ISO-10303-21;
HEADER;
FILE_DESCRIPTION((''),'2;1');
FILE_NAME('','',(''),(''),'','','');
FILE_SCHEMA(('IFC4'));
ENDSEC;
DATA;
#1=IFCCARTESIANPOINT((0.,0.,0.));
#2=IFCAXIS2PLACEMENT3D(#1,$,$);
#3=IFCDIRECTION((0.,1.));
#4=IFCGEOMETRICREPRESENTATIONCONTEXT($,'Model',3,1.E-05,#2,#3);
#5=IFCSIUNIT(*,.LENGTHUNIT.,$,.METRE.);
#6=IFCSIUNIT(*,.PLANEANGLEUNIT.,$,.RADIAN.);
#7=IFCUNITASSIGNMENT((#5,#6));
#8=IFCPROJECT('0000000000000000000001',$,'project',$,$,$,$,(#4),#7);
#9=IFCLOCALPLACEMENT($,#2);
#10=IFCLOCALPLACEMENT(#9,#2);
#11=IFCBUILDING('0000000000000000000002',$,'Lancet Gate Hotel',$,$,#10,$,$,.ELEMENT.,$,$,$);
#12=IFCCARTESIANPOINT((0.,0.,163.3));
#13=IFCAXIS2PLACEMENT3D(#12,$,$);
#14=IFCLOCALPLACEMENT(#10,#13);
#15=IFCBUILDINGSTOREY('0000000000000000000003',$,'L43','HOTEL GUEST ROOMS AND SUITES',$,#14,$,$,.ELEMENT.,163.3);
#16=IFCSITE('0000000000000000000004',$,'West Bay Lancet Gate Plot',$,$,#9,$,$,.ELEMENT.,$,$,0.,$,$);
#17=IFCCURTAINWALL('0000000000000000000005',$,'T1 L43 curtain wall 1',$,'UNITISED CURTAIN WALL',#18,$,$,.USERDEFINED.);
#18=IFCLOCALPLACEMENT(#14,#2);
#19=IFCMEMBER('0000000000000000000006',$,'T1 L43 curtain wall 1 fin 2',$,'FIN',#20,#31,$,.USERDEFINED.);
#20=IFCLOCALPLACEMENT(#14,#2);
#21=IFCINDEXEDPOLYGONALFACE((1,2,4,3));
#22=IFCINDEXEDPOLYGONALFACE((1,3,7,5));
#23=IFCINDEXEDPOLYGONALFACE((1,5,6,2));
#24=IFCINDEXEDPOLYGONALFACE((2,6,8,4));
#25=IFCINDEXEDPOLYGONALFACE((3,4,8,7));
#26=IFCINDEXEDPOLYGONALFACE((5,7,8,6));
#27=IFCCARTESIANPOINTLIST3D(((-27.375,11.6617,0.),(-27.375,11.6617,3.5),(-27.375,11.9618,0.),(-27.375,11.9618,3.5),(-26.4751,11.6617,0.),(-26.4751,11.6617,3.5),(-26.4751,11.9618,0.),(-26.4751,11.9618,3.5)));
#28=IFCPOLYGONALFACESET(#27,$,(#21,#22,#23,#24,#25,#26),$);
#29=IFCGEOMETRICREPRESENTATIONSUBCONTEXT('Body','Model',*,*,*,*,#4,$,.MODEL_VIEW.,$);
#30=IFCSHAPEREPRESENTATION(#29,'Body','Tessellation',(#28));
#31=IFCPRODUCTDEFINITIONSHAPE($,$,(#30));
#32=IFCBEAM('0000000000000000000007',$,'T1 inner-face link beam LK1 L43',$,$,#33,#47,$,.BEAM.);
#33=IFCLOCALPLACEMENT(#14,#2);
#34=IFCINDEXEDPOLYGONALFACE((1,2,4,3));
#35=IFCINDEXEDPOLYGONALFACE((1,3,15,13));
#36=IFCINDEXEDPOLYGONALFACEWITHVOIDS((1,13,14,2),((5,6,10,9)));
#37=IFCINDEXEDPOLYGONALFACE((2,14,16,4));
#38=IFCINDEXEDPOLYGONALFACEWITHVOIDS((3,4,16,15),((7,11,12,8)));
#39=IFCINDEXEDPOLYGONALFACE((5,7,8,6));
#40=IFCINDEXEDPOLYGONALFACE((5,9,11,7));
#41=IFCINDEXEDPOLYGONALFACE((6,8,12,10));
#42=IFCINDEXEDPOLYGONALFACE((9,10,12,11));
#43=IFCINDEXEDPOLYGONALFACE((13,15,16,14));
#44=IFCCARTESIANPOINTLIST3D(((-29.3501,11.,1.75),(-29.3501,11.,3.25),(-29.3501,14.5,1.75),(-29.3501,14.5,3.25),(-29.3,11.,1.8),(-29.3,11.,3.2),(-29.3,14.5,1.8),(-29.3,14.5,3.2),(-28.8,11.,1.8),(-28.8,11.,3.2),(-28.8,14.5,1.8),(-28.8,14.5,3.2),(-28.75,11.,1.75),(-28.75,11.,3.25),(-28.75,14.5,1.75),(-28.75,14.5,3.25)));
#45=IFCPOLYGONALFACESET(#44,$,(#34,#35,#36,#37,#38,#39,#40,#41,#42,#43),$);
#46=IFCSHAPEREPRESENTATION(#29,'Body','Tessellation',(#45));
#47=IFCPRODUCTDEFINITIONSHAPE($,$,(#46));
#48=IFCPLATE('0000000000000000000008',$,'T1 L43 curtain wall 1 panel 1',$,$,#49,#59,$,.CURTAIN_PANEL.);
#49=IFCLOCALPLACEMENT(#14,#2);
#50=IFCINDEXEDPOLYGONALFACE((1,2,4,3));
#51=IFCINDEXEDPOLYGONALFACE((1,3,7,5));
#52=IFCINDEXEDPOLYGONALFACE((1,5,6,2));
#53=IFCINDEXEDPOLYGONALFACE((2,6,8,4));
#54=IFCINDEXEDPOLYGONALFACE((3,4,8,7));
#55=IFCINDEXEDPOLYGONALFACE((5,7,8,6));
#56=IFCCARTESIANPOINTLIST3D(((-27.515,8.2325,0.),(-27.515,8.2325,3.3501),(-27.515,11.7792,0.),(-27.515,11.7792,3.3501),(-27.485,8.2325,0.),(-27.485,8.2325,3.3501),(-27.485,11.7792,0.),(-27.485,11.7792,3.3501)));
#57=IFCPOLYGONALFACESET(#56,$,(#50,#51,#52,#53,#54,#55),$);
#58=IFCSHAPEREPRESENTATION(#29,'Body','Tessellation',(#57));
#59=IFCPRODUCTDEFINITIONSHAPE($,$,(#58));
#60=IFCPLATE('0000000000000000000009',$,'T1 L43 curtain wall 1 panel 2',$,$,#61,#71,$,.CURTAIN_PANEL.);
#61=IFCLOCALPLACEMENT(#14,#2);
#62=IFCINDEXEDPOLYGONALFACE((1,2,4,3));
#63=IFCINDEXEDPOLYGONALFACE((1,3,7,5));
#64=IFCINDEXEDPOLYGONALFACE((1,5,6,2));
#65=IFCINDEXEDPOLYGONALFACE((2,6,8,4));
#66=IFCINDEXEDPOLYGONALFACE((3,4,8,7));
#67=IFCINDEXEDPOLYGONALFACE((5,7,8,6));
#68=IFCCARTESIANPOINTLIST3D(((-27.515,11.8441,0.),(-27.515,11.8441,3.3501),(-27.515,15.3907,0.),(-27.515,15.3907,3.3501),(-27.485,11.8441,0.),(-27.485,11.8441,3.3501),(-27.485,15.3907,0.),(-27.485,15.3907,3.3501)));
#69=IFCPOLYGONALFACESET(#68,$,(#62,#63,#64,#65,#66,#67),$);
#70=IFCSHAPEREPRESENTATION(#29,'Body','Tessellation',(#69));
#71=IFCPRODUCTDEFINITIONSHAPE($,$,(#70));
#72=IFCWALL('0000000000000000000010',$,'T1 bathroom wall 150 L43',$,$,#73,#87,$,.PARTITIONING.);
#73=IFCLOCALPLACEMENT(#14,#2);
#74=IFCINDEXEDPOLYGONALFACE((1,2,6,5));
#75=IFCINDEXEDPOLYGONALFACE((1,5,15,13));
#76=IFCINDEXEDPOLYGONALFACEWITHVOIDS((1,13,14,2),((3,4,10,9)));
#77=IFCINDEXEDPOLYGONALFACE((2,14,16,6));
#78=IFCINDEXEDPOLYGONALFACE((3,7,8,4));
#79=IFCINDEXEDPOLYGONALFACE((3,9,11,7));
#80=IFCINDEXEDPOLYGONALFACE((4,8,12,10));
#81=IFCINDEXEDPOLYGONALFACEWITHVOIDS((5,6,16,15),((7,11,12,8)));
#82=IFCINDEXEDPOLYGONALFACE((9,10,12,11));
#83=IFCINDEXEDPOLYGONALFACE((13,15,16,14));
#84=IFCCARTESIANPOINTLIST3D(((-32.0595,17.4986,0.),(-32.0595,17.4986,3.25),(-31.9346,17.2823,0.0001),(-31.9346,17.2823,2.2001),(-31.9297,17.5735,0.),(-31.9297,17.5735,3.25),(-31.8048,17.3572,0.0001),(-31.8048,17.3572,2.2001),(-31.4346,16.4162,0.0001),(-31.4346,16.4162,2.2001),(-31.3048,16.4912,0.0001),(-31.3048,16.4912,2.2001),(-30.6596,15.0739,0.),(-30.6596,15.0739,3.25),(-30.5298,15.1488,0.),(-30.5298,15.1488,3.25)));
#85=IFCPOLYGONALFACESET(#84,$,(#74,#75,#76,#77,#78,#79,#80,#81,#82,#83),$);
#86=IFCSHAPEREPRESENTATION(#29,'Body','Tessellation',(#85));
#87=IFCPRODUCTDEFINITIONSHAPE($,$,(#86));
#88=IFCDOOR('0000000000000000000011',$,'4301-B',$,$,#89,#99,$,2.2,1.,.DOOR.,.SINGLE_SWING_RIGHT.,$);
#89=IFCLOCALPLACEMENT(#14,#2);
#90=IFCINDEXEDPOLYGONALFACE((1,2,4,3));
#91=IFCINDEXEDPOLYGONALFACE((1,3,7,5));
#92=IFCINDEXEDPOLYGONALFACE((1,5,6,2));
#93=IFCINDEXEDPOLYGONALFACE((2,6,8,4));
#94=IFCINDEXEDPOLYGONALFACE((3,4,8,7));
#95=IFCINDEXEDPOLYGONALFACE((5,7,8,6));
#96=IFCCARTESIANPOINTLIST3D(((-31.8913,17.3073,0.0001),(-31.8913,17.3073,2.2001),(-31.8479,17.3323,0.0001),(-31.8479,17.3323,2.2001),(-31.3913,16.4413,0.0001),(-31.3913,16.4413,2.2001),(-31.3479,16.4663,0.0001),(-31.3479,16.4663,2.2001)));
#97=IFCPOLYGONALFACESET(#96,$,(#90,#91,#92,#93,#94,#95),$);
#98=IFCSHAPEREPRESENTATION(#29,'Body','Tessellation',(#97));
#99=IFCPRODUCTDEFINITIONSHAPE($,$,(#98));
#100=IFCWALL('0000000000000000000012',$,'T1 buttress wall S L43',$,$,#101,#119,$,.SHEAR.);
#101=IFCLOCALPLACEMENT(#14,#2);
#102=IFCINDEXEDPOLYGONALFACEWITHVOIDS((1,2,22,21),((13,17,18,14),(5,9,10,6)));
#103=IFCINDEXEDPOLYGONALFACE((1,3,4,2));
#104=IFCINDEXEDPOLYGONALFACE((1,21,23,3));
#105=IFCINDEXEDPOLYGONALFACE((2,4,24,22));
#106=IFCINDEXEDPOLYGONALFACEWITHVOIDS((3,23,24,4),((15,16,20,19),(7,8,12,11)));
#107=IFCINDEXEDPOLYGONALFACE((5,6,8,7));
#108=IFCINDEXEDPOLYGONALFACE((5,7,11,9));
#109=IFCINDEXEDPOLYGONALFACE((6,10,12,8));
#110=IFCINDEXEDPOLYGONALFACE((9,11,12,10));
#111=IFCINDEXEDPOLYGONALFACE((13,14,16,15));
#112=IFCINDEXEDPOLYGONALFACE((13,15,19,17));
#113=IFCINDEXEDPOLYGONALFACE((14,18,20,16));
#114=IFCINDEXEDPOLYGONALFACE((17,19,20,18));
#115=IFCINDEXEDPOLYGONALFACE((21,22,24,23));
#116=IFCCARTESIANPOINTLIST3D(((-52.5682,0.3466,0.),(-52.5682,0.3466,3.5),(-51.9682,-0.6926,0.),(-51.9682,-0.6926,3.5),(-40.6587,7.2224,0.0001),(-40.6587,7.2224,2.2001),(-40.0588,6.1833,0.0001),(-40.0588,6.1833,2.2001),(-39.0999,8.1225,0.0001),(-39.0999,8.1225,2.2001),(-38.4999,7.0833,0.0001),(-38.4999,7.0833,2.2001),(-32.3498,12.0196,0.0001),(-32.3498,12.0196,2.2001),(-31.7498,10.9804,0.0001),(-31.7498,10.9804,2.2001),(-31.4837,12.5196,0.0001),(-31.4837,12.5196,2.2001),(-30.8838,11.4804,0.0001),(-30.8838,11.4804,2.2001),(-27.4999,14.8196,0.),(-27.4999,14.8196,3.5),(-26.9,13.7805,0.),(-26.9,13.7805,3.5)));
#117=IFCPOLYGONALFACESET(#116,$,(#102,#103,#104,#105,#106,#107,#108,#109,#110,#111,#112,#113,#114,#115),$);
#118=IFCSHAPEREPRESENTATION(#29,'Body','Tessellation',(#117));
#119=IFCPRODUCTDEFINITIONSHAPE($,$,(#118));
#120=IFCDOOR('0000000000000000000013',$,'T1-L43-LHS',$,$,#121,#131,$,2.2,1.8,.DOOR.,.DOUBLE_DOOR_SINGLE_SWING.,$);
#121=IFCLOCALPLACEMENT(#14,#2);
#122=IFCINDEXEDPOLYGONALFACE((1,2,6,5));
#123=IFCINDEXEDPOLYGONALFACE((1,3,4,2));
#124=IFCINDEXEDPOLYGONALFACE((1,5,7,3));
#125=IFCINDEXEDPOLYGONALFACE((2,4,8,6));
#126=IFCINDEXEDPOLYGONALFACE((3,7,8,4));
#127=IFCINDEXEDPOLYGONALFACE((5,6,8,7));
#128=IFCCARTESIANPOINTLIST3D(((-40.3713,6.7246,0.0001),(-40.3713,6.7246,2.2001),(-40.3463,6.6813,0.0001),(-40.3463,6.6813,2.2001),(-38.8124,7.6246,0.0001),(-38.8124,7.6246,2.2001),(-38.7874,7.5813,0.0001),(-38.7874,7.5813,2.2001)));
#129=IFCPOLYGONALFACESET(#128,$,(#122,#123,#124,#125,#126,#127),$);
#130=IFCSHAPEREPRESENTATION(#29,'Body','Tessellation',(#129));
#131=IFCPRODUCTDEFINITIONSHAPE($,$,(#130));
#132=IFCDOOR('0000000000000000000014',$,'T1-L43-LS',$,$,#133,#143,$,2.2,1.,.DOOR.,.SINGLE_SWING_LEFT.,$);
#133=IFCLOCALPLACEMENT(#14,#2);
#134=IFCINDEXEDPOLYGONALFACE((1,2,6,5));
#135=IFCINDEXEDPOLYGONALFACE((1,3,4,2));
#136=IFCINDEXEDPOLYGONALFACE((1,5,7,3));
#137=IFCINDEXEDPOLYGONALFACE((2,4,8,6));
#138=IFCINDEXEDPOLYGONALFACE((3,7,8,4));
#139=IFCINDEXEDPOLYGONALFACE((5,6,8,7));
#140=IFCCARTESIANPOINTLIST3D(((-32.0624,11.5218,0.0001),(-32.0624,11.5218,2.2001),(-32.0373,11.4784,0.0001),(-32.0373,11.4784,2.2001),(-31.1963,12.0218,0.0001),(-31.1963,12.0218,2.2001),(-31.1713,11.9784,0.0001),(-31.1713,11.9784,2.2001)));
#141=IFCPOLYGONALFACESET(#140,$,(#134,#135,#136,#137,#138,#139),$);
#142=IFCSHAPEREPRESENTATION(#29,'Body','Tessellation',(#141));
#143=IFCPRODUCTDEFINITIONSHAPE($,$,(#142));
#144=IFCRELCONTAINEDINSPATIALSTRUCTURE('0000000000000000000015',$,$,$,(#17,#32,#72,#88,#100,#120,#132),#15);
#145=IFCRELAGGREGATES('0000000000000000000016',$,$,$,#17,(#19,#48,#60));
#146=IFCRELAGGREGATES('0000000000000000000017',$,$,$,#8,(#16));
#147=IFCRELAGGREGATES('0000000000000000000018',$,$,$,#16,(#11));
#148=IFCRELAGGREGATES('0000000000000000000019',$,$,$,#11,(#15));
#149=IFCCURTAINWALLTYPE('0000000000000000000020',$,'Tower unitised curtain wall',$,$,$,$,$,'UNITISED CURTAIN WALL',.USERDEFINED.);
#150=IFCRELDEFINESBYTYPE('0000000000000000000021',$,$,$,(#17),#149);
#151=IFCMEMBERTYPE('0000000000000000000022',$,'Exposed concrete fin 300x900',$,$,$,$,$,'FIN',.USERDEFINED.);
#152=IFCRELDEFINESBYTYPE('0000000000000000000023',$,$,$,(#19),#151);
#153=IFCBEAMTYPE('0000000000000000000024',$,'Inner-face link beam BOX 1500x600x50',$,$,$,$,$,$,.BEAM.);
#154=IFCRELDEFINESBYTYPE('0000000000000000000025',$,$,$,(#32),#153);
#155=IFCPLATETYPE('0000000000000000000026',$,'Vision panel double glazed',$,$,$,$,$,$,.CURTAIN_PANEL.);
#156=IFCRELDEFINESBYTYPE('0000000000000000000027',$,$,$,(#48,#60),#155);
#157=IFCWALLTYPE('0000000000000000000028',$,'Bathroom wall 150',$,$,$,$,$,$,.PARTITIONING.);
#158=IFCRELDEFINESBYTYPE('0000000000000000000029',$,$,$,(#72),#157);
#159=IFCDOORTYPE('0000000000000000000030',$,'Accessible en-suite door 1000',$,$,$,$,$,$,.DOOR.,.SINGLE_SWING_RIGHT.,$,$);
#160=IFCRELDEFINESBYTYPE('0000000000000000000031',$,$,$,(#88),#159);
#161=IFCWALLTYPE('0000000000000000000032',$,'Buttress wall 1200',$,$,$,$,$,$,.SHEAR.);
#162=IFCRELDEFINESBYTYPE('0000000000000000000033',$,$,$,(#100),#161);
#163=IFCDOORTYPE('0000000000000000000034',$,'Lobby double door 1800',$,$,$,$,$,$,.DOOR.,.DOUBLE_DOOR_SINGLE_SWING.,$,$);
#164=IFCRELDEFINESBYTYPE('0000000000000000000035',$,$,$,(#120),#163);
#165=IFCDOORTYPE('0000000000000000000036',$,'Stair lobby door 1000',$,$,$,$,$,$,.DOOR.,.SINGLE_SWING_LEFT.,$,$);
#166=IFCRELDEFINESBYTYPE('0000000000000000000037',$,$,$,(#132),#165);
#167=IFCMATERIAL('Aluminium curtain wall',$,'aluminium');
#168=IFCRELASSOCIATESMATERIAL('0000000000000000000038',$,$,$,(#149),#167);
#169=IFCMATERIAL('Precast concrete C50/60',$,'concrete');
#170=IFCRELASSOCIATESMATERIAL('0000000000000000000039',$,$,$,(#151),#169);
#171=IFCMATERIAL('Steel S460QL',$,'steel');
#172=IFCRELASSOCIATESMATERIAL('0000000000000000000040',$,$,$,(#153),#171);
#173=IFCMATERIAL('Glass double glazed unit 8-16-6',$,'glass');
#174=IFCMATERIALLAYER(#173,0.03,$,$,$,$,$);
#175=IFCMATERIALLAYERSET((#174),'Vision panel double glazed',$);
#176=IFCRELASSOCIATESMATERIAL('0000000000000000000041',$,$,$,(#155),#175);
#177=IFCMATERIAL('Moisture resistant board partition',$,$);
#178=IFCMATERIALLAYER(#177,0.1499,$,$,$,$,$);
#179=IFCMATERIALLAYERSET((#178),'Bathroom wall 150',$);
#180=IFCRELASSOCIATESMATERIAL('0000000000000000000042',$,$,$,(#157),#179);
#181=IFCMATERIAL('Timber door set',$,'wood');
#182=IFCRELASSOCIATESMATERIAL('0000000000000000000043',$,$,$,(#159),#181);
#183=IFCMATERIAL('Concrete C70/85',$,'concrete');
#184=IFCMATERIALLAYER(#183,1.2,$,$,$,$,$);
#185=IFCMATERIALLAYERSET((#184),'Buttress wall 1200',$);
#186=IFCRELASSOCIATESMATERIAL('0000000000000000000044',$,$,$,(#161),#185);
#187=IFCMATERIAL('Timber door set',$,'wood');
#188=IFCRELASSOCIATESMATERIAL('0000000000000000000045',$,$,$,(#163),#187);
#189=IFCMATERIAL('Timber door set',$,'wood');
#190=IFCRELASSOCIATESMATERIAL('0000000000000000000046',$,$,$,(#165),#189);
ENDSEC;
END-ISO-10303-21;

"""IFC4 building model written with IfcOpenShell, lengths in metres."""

from ifc_helpers import new_model, si_unit, direction, frame, frame_2d, origin, origin_2d, place, context, subcontext, project, spatial, rectangle, hollow_rectangle, extrude, material, layer, layer_set, material_profile, profile_set, type_object, element, fill, aggregate, save


model = new_model("IFC4")

# Units and contexts
model_context = context("Model", 3, precision=1e-05, world=origin(), true_north=direction((0.0, 1.0)))
body_context = subcontext(model_context, "Body", "Model", "MODEL_VIEW")
ifc_project = project(units=[si_unit("LENGTHUNIT", "METRE"), si_unit("PLANEANGLEUNIT", "RADIAN")], contexts=[model_context])

# Site, building, storey
site_placement = place(None, origin())
site = spatial("IfcSite", under=ifc_project, at=site_placement, Name="West Bay Lancet Gate Plot", CompositionType="ELEMENT", RefElevation=0.0)
building_placement = place(site_placement, origin())
building = spatial("IfcBuilding", under=site, at=building_placement, Name="Lancet Gate Hotel", CompositionType="ELEMENT")
storey_placement = place(building_placement, frame((0.0, 0.0, 163.3)))
storey = spatial("IfcBuildingStorey", under=building, at=storey_placement, Name="L43", Description="HOTEL GUEST ROOMS AND SUITES", CompositionType="ELEMENT", Elevation=163.3)

# Curtain wall, member
ifc_material_1 = material(Name="Aluminium curtain wall", Category="aluminium")
curtain_wall_type = type_object("IfcCurtainWallType", Name="Tower unitised curtain wall", ElementType="UNITISED CURTAIN WALL", PredefinedType="USERDEFINED", material=ifc_material_1)
curtain_wall_placement = place(storey_placement, origin())
curtain_wall = element("IfcCurtainWall", 1, at=curtain_wall_placement, inside=storey, type_object=curtain_wall_type, Name="T1 L43 curtain wall 1", ObjectType="UNITISED CURTAIN WALL", PredefinedType="USERDEFINED")
ifc_material_2 = material(Name="Precast concrete C50/60", Category="concrete")
ifc_material_profile_1 = material_profile(ifc_material_2, rectangle(XDim=0.3, YDim=0.8999, at=origin_2d()), Name="FIN 300x900")
ifc_profile_set_1 = profile_set([ifc_material_profile_1], Name="Precast concrete C50/60")
member_type_1 = type_object("IfcMemberType", Name="Exposed concrete fin 300x900", ElementType="FIN", PredefinedType="USERDEFINED", material=ifc_profile_set_1)
member_1_placement = place(storey_placement, frame((-26.925, 11.8118, 0.0), z_axis=(0.0, 0.0, 1.0), x_axis=(0.0, 1.0, 0.0)))
member_1 = element("IfcMember", 2, at=member_1_placement, type_object=member_type_1, Name="T1 L43 curtain wall 1 fin 2", ObjectType="FIN", PredefinedType="USERDEFINED", context=body_context, shape_type="SweptSolid", body=[
    extrude(rectangle(XDim=0.3, YDim=0.8999, at=origin_2d()), origin(), (0.0, 0.0, 1.0), 3.5),
])

# Beam
ifc_material_3 = material(Name="Steel S460QL", Category="steel")
ifc_material_profile_2 = material_profile(ifc_material_3, hollow_rectangle(XDim=0.6001, YDim=1.5, WallThickness=0.05, at=origin_2d()), Name="BOX 1500x600x50")
ifc_profile_set_2 = profile_set([ifc_material_profile_2], Name="Steel S460QL")
beam_type = type_object("IfcBeamType", Name="Inner-face link beam BOX 1500x600x50", PredefinedType="BEAM", material=ifc_profile_set_2)
beam_placement = place(storey_placement, frame((-29.05, 14.5, 2.5), z_axis=(0.0, -1.0, 0.0), x_axis=(1.0, 0.0, 0.0)))
element("IfcBeam", 3, at=beam_placement, inside=storey, type_object=beam_type, Name="T1 inner-face link beam LK1 L43", PredefinedType="BEAM", context=body_context, shape_type="SweptSolid", body=[
    extrude(hollow_rectangle(XDim=0.6001, YDim=1.5, WallThickness=0.05, at=origin_2d()), origin(), (0.0, 0.0, 1.0), 3.5),
])

# Plates
ifc_material_4 = material(Name="Glass double glazed unit 8-16-6", Category="glass")
ifc_layer_1 = layer(ifc_material_4, 0.03)
ifc_layer_set_1 = layer_set([ifc_layer_1], Name="Vision panel double glazed")
plate_type = type_object("IfcPlateType", Name="Vision panel double glazed", PredefinedType="CURTAIN_PANEL", material=ifc_layer_set_1)
plate_1_placement = place(storey_placement, frame((-27.5, 10.0059, 0.0), z_axis=(0.0, 0.0, 1.0), x_axis=(0.0, 1.0, 0.0)))
plate_1 = element("IfcPlate", 4, at=plate_1_placement, type_object=plate_type, Name="T1 L43 curtain wall 1 panel 1", PredefinedType="CURTAIN_PANEL", context=body_context, shape_type="SweptSolid", body=[
    extrude(rectangle(XDim=3.5466, YDim=0.03, at=origin_2d()), origin(), (0.0, 0.0, 1.0), 3.3501),
])
plate_2_placement = place(storey_placement, frame((-27.5, 13.6174, 0.0), z_axis=(0.0, 0.0, 1.0), x_axis=(0.0, 1.0, 0.0)))
plate_2 = element("IfcPlate", 5, at=plate_2_placement, type_object=plate_type, Name="T1 L43 curtain wall 1 panel 2", PredefinedType="CURTAIN_PANEL", context=body_context, shape_type="SweptSolid", body=[
    extrude(rectangle(XDim=3.5466, YDim=0.03, at=origin_2d()), origin(), (0.0, 0.0, 1.0), 3.3501),
])
aggregate(curtain_wall, [member_1, plate_1, plate_2])

# Wall, opening, door
ifc_material_5 = material(Name="Moisture resistant board partition")
ifc_layer_2 = layer(ifc_material_5, 0.1499)
ifc_layer_set_2 = layer_set([ifc_layer_2], Name="Bathroom wall 150")
wall_type_1 = type_object("IfcWallType", Name="Bathroom wall 150", PredefinedType="PARTITIONING", material=ifc_layer_set_2)
wall_1_placement = place(storey_placement, frame((-30.5947, 15.1113, 0.0), z_axis=(0.0, 0.0, 1.0), x_axis=(-0.499984, 0.866035, 0.0)))
wall_1 = element("IfcWall", 6, at=wall_1_placement, inside=storey, type_object=wall_type_1, Name="T1 bathroom wall 150 L43", PredefinedType="PARTITIONING", context=body_context, shape_type="SweptSolid", body=[
    extrude(rectangle(XDim=2.7998, YDim=0.1499, at=frame_2d((1.3999, 0.0))), origin(), (0.0, 0.0, 1.0), 3.25),
])
opening_1_placement = place(wall_1_placement, frame((1.55, 0.0, 0.0)))
opening_1 = element("IfcOpeningElement", 7, at=opening_1_placement, cuts=wall_1, PredefinedType="OPENING", context=body_context, shape_type="SweptSolid", body=[
    extrude(rectangle(XDim=1.0, YDim=2.2, at=frame_2d((0.5, 1.1001))), frame((0.0, 0.085, 0.0), z_axis=(0.0, -1.0, 0.0), x_axis=(1.0, 0.0, 0.0)), (0.0, 0.0, 1.0), 0.1699),
])
ifc_material_6 = material(Name="Timber door set", Category="wood")
door_type_1 = type_object("IfcDoorType", Name="Accessible en-suite door 1000", OperationType="SINGLE_SWING_RIGHT", PredefinedType="DOOR", material=ifc_material_6)
door_1_placement = place(opening_1_placement, origin())
door_1 = element("IfcDoor", 8, at=door_1_placement, inside=storey, type_object=door_type_1, Name="4301-B", OperationType="SINGLE_SWING_RIGHT", OverallHeight=2.2, OverallWidth=1.0, PredefinedType="DOOR", context=body_context, shape_type="SweptSolid", body=[
    extrude(rectangle(XDim=1.0, YDim=2.2, at=frame_2d((0.5, 1.1001))), frame((0.0, 0.0249, 0.0), z_axis=(0.0, -1.0, 0.0), x_axis=(1.0, 0.0, 0.0)), (0.0, 0.0, 1.0), 0.05),
])
fill(opening_1, door_1)

# Wall, openings, doors
ifc_material_7 = material(Name="Concrete C70/85", Category="concrete")
ifc_layer_3 = layer(ifc_material_7, 1.2)
ifc_layer_set_3 = layer_set([ifc_layer_3], Name="Buttress wall 1200")
wall_type_2 = type_object("IfcWallType", Name="Buttress wall 1200", PredefinedType="SHEAR", material=ifc_layer_set_3)
wall_2_placement = place(storey_placement, frame((-27.2, 14.3, 0.0), z_axis=(0.0, 0.0, 1.0), x_axis=(-0.866027, -0.499998, 0.0)))
wall_2 = element("IfcWall", 9, at=wall_2_placement, inside=storey, type_object=wall_type_2, Name="T1 buttress wall S L43", PredefinedType="SHEAR", context=body_context, shape_type="SweptSolid", body=[
    extrude(rectangle(XDim=28.9463, YDim=1.2, at=frame_2d((14.4731, 0.0))), origin(), (0.0, 0.0, 1.0), 3.5),
])
opening_2_placement = place(wall_2_placement, frame((4.6001, 0.0, 0.0)))
opening_2 = element("IfcOpeningElement", 10, at=opening_2_placement, cuts=wall_2, PredefinedType="OPENING", context=body_context, shape_type="SweptSolid", body=[
    extrude(rectangle(XDim=1.0, YDim=2.2, at=frame_2d((0.5, 1.1001))), frame((0.0, 0.6099, 0.0), z_axis=(0.0, -1.0, 0.0), x_axis=(1.0, 0.0, 0.0)), (0.0, 0.0, 1.0), 1.22),
])
opening_3_placement = place(wall_2_placement, frame((13.3945, 0.0, 0.0)))
opening_3 = element("IfcOpeningElement", 11, at=opening_3_placement, cuts=wall_2, PredefinedType="OPENING", context=body_context, shape_type="SweptSolid", body=[
    extrude(rectangle(XDim=1.8, YDim=2.2, at=frame_2d((0.8999, 1.1001))), frame((0.0, 0.6099, 0.0), z_axis=(0.0, -1.0, 0.0), x_axis=(1.0, 0.0, 0.0)), (0.0, 0.0, 1.0), 1.22),
])
ifc_material_8 = material(Name="Timber door set", Category="wood")
door_type_2 = type_object("IfcDoorType", Name="Lobby double door 1800", OperationType="DOUBLE_DOOR_SINGLE_SWING", PredefinedType="DOOR", material=ifc_material_8)
door_2_placement = place(opening_3_placement, origin())
door_2 = element("IfcDoor", 12, at=door_2_placement, inside=storey, type_object=door_type_2, Name="T1-L43-LHS", OperationType="DOUBLE_DOOR_SINGLE_SWING", OverallHeight=2.2, OverallWidth=1.8, PredefinedType="DOOR", context=body_context, shape_type="SweptSolid", body=[
    extrude(rectangle(XDim=1.8, YDim=2.2, at=frame_2d((0.8999, 1.1001))), frame((0.0, 0.0249, 0.0), z_axis=(0.0, -1.0, 0.0), x_axis=(1.0, 0.0, 0.0)), (0.0, 0.0, 1.0), 0.05),
])
fill(opening_3, door_2)
ifc_material_9 = material(Name="Timber door set", Category="wood")
door_type_3 = type_object("IfcDoorType", Name="Stair lobby door 1000", OperationType="SINGLE_SWING_LEFT", PredefinedType="DOOR", material=ifc_material_9)
door_3_placement = place(opening_2_placement, origin())
door_3 = element("IfcDoor", 13, at=door_3_placement, inside=storey, type_object=door_type_3, Name="T1-L43-LS", OperationType="SINGLE_SWING_LEFT", OverallHeight=2.2, OverallWidth=1.0, PredefinedType="DOOR", context=body_context, shape_type="SweptSolid", body=[
    extrude(rectangle(XDim=1.0, YDim=2.2, at=frame_2d((0.5, 1.1001))), frame((0.0, 0.0249, 0.0), z_axis=(0.0, -1.0, 0.0), x_axis=(1.0, 0.0, 0.0)), (0.0, 0.0, 1.0), 0.05),
])
fill(opening_2, door_3)

save(model, "model.ifc")
